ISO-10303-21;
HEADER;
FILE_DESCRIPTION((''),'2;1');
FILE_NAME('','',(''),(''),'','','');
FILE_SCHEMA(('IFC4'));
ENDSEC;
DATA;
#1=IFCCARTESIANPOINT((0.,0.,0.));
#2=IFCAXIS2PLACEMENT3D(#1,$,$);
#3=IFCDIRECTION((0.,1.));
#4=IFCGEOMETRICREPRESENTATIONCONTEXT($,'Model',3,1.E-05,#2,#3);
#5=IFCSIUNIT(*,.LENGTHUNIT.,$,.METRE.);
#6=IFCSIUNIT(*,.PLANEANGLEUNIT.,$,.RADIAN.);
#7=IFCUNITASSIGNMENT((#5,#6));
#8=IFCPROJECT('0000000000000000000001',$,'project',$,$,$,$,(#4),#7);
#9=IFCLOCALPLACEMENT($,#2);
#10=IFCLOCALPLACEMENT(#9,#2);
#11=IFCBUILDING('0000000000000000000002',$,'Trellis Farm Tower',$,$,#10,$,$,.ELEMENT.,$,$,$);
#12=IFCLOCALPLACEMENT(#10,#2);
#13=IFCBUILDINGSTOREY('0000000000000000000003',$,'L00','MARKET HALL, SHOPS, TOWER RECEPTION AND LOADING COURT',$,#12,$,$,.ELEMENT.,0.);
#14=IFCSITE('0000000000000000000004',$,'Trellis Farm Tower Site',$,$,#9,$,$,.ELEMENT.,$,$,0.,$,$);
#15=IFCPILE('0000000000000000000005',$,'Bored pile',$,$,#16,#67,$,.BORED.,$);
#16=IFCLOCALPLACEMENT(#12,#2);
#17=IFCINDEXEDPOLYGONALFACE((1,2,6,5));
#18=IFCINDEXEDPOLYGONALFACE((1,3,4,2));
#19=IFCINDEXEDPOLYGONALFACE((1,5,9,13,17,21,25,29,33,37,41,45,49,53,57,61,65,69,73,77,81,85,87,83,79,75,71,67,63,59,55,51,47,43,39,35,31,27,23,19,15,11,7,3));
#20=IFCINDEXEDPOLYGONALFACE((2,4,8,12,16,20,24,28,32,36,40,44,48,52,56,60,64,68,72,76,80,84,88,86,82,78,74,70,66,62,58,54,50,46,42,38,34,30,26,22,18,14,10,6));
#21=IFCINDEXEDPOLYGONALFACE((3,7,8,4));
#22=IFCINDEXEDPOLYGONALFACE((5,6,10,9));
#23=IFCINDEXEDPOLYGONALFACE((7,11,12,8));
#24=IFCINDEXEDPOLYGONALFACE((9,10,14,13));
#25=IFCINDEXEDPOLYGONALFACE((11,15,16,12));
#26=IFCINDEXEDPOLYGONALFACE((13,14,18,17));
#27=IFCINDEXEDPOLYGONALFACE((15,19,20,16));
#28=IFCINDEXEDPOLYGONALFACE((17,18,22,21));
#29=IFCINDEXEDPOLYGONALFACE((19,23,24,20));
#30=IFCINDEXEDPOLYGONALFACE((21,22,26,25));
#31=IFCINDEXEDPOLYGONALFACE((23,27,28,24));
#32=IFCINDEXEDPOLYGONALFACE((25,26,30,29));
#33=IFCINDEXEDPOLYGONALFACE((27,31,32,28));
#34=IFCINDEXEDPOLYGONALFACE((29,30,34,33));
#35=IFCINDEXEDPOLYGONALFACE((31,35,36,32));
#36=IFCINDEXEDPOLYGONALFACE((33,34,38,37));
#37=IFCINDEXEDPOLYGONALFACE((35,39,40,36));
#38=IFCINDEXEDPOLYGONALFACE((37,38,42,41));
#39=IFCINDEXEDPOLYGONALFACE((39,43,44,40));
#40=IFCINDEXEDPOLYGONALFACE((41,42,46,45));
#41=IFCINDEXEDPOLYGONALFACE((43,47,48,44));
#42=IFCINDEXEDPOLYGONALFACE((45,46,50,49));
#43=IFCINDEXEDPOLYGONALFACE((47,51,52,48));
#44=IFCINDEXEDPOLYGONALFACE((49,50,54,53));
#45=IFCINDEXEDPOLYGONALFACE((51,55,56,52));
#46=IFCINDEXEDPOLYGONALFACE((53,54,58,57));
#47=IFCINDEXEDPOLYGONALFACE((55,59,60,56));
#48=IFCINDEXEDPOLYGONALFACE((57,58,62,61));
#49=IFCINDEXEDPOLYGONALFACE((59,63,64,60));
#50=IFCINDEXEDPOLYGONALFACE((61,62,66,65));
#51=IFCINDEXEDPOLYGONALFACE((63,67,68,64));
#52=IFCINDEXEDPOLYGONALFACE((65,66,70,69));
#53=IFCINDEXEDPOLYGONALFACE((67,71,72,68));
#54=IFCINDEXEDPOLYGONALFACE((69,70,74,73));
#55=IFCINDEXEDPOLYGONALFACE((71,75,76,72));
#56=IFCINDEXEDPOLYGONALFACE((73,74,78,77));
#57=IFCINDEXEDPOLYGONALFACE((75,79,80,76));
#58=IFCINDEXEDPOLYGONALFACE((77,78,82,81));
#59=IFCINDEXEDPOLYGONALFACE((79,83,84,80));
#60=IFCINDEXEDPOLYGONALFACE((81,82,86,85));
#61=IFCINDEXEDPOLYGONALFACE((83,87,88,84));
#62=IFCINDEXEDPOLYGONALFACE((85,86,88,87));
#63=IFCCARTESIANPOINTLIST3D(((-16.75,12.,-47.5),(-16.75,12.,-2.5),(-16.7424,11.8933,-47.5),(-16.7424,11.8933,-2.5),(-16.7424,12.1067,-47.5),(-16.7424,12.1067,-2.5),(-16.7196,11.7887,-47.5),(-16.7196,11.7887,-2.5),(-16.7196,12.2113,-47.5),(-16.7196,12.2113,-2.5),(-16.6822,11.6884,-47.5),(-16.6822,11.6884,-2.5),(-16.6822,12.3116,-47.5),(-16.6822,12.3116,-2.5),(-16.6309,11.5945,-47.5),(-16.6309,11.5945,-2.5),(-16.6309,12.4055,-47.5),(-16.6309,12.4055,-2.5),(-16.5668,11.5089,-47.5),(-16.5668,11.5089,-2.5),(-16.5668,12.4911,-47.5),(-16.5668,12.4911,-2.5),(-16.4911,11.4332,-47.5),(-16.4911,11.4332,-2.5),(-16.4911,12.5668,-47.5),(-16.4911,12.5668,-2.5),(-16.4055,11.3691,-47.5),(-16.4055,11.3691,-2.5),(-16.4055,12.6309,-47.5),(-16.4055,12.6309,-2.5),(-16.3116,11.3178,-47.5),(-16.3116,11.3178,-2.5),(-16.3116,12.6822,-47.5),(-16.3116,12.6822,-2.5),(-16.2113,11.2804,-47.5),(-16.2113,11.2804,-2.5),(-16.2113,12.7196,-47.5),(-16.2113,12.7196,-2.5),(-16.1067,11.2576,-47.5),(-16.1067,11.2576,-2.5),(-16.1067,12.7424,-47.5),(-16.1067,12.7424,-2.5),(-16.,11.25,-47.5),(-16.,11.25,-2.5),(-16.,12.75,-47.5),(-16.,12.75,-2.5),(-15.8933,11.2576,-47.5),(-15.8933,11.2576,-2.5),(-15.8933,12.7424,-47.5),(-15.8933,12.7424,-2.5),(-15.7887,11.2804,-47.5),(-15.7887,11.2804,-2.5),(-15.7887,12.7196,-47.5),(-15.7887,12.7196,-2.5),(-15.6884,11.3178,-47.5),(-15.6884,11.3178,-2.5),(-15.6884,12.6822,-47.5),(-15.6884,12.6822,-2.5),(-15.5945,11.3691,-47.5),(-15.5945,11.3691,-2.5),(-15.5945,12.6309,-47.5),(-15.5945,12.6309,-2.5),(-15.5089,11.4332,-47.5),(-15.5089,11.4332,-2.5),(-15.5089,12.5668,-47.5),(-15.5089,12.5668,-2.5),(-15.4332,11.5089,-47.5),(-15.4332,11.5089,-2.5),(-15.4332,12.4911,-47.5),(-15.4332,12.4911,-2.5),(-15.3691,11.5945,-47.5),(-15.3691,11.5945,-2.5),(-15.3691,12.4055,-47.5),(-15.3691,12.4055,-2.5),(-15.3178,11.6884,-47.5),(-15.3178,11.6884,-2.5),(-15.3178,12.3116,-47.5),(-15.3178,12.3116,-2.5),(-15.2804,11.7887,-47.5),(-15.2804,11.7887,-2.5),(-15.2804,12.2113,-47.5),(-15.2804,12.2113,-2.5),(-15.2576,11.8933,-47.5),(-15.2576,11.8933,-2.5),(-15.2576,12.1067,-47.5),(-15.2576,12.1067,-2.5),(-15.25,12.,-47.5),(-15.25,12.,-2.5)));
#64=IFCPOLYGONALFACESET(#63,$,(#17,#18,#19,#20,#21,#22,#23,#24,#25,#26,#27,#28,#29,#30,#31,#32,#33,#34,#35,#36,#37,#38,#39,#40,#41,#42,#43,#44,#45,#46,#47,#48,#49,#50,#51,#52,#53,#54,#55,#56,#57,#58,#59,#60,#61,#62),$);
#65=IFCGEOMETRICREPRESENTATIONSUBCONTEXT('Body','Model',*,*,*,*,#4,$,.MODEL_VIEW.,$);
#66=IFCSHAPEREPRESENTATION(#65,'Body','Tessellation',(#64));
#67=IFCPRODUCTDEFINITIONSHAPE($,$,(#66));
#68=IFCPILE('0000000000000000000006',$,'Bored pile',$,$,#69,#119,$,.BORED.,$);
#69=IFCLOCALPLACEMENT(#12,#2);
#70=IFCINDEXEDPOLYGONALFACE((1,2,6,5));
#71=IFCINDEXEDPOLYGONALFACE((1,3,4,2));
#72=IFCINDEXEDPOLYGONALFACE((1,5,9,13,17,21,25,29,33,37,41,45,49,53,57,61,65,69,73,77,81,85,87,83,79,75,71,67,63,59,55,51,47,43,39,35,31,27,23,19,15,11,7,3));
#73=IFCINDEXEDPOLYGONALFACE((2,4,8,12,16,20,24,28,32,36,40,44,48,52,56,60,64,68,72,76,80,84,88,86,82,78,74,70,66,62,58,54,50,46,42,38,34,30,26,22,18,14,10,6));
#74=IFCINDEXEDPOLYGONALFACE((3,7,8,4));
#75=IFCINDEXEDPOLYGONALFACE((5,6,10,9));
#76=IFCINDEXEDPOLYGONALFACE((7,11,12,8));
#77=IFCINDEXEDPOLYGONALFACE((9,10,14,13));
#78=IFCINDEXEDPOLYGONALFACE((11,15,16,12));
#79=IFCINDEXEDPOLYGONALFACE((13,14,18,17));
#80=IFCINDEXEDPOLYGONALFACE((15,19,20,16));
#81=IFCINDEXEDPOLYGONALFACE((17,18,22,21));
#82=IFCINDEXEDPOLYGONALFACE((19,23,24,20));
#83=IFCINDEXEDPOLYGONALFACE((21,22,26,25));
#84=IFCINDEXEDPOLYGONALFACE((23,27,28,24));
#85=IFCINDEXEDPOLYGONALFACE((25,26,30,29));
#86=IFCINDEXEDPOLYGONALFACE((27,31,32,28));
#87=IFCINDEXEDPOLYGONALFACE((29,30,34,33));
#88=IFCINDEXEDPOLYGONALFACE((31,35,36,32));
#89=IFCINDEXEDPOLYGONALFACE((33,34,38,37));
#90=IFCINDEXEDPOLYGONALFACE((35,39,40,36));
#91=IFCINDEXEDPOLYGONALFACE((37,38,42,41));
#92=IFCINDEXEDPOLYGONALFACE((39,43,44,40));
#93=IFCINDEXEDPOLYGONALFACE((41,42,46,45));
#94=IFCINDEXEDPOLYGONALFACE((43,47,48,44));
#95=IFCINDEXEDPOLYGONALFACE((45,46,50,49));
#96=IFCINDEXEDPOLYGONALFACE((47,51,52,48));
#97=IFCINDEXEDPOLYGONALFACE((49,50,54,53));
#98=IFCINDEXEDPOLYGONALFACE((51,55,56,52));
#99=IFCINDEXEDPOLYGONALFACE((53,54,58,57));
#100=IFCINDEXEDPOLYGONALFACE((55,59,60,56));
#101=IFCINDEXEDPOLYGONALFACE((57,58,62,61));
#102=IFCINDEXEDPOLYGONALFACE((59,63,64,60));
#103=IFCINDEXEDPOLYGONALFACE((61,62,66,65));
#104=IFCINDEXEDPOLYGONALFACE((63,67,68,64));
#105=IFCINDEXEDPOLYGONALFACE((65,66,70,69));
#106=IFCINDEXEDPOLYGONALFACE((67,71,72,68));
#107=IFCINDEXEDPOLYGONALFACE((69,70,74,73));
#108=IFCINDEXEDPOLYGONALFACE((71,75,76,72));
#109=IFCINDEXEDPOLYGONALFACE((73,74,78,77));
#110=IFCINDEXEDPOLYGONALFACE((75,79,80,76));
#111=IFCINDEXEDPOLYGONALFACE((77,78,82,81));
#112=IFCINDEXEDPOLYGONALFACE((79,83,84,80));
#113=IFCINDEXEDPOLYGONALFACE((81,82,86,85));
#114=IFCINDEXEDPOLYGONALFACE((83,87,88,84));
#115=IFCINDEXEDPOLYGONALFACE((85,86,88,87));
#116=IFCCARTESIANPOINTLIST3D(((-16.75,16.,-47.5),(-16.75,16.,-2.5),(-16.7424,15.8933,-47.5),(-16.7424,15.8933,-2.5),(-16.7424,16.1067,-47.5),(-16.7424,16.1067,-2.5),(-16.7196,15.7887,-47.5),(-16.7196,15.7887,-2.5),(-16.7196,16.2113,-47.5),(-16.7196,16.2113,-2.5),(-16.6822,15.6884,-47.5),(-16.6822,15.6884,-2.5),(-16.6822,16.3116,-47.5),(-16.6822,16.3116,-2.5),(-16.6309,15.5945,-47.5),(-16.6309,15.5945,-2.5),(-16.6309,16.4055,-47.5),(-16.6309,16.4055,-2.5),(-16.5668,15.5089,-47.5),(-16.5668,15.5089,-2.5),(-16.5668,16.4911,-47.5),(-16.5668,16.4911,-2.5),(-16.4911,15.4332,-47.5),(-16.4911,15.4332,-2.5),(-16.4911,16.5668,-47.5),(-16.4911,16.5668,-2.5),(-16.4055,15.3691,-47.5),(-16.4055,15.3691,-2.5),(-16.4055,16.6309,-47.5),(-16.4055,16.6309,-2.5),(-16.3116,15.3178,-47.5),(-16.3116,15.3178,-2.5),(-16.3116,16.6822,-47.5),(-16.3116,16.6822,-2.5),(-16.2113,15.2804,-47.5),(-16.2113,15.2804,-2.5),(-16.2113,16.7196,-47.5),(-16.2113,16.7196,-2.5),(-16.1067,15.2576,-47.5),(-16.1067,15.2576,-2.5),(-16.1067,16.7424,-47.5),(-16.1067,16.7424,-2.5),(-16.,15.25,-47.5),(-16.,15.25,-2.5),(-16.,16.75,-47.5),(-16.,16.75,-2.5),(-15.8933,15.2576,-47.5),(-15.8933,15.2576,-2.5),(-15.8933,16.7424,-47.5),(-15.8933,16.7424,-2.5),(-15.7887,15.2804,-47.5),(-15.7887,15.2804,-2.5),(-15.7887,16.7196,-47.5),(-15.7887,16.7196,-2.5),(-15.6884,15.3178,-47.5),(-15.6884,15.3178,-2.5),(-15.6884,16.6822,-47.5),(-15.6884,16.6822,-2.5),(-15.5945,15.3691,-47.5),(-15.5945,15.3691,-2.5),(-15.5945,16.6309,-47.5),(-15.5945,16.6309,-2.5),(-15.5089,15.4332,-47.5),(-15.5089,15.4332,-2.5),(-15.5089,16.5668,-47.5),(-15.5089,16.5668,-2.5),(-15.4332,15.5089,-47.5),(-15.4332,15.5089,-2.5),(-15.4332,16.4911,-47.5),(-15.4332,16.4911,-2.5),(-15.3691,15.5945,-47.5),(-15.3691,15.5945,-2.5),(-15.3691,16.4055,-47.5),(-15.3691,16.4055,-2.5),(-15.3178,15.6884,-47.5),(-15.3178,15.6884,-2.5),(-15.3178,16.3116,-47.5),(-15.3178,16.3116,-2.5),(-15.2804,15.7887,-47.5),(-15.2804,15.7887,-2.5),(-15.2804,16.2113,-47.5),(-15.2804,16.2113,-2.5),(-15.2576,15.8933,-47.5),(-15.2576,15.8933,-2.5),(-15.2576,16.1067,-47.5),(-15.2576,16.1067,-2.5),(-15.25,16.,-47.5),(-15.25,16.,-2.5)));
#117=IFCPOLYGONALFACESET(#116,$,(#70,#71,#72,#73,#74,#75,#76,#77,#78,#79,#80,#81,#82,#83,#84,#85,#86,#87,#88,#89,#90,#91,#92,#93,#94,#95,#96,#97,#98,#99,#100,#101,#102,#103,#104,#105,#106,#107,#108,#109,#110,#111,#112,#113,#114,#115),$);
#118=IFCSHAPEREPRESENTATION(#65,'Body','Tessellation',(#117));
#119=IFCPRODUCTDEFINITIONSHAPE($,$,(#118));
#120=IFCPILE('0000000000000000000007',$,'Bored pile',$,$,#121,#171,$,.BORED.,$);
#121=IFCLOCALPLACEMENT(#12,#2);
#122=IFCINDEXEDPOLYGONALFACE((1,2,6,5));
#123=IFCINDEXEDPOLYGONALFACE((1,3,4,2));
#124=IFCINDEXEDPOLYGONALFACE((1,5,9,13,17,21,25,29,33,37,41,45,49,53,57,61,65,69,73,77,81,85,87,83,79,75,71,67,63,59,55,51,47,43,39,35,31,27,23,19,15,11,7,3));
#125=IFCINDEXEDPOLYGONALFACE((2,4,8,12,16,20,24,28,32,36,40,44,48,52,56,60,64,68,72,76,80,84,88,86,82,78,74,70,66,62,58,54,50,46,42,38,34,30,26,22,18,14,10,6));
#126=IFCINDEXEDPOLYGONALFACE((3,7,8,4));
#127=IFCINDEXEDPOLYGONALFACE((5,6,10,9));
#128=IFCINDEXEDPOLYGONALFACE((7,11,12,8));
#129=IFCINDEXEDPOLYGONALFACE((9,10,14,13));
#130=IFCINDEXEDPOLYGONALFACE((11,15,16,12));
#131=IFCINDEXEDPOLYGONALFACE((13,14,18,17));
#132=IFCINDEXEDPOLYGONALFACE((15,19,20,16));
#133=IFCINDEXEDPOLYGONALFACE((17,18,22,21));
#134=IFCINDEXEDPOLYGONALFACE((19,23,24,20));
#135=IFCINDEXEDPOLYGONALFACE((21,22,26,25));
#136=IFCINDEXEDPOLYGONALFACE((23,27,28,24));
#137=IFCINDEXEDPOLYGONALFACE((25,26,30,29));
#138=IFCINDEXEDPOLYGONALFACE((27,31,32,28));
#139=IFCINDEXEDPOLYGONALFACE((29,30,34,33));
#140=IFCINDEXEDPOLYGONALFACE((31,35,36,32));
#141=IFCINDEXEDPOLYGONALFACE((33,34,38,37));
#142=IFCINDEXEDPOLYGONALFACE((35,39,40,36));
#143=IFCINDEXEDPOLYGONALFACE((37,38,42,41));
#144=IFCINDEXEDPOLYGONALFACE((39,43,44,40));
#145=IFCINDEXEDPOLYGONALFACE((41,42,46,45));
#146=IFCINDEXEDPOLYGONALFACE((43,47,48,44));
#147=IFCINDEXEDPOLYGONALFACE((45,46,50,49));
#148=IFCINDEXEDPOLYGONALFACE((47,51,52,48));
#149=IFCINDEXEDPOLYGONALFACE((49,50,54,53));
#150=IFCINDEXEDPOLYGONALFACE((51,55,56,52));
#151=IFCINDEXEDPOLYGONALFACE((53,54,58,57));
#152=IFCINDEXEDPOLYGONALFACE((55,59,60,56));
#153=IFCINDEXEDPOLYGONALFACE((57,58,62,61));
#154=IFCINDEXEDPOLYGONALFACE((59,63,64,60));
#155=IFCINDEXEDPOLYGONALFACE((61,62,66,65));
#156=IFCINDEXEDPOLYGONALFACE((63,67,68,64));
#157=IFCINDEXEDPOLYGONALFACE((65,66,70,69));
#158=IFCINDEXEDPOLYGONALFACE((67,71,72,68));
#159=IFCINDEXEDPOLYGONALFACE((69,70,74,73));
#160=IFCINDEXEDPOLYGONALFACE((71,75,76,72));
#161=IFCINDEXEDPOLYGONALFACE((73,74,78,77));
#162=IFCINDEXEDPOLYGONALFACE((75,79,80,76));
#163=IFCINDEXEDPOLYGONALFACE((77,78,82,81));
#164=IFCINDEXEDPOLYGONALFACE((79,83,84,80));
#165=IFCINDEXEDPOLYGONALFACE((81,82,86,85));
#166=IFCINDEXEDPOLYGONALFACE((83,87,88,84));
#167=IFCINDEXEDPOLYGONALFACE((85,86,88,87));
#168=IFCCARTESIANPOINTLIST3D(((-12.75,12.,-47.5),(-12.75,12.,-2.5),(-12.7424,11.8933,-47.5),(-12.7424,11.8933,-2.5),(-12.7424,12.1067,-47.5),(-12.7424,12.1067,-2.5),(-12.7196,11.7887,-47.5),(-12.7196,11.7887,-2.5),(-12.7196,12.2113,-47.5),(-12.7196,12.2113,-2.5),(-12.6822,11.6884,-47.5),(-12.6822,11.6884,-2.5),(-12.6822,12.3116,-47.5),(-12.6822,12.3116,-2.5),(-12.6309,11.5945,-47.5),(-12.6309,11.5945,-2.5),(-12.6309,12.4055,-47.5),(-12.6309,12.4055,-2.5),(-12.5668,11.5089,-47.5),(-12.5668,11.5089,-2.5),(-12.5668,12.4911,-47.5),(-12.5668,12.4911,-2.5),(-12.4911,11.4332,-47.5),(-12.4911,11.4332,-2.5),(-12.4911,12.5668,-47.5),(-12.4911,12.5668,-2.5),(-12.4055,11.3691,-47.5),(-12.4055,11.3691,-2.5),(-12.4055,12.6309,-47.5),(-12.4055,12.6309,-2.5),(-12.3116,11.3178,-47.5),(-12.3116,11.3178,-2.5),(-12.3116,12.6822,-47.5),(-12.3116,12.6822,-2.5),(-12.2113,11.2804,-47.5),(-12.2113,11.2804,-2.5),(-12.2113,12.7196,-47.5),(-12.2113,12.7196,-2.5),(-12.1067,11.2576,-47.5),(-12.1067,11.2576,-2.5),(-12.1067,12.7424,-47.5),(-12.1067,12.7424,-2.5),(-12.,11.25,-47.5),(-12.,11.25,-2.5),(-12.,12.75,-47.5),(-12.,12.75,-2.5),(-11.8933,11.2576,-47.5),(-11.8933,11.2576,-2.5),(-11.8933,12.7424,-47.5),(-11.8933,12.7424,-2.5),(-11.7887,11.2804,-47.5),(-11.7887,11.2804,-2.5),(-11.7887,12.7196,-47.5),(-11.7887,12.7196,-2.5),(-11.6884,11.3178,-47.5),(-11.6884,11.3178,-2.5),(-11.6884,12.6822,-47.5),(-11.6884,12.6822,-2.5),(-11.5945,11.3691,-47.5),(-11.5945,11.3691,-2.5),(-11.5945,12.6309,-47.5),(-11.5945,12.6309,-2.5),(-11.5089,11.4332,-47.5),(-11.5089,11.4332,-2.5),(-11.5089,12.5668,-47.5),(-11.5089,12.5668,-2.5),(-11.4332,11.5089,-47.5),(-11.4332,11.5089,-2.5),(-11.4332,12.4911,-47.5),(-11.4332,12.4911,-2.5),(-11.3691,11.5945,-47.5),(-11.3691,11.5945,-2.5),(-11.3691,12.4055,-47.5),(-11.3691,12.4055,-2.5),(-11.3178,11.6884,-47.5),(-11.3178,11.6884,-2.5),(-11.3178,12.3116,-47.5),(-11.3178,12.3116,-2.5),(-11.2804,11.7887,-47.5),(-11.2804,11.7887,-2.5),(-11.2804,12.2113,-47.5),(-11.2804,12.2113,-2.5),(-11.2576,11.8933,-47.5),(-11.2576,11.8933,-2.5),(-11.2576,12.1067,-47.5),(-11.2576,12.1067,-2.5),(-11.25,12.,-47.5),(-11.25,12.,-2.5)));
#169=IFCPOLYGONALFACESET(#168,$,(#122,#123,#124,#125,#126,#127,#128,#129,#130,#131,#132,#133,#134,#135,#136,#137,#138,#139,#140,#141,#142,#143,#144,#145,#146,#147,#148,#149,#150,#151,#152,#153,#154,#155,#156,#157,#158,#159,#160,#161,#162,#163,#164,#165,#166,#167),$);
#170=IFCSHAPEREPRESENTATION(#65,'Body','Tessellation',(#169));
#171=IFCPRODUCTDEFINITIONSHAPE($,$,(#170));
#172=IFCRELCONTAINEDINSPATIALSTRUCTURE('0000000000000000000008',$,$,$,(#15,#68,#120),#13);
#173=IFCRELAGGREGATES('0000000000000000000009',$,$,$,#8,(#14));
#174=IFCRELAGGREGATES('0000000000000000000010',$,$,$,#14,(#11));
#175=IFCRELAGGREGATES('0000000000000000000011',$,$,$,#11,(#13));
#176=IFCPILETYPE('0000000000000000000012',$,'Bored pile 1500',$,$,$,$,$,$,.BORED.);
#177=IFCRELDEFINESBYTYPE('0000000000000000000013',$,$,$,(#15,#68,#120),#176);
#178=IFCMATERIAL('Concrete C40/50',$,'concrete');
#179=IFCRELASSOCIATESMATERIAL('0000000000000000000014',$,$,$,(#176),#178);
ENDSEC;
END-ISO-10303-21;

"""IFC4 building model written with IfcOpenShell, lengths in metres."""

from ifc_helpers import new_model, si_unit, direction, frame, origin, origin_2d, place, context, subcontext, project, spatial, circle, extrude, source, transform, mapped, material, material_profile, profile_set, type_object, element, save


model = new_model("IFC4")

# Units and contexts
model_context = context("Model", 3, precision=1e-05, world=origin(), true_north=direction((0.0, 1.0)))
body_context = subcontext(model_context, "Body", "Model", "MODEL_VIEW")
ifc_project = project(units=[si_unit("LENGTHUNIT", "METRE"), si_unit("PLANEANGLEUNIT", "RADIAN")], contexts=[model_context])

# Site, building, storey
site_placement = place(None, origin())
site = spatial("IfcSite", under=ifc_project, at=site_placement, Name="Trellis Farm Tower Site", CompositionType="ELEMENT", RefElevation=0.0)
building_placement = place(site_placement, origin())
building = spatial("IfcBuilding", under=site, at=building_placement, Name="Trellis Farm Tower", CompositionType="ELEMENT")
storey_placement = place(building_placement, origin())
storey = spatial("IfcBuildingStorey", under=building, at=storey_placement, Name="L00", Description="MARKET HALL, SHOPS, TOWER RECEPTION AND LOADING COURT", CompositionType="ELEMENT", Elevation=0.0)

# Piles
ifc_material_1 = material(Name="Concrete C40/50", Category="concrete")
ifc_material_profile = material_profile(ifc_material_1, circle(Radius=0.75, at=origin_2d()), Name="Bored pile 1500")
ifc_profile_set = profile_set([ifc_material_profile], Name="Concrete C40/50")
pile_type = type_object("IfcPileType", Name="Bored pile 1500", PredefinedType="BORED", material=ifc_profile_set)
shared_shape_1 = source(origin(), body_context, "Body", "SweptSolid", [
    extrude(circle(Radius=0.75, at=origin_2d()), origin(), (0.0, 0.0, 1.0), 45.0),
])
for number, where, z_axis, x_axis, name in (
    (1, (-16.0, 12.0, -2.5), (0.0, 0.0, -1.0), (1.0, 0.0, 0.0), "Bored pile"),
    (2, (-16.0, 16.0, -2.5), (0.0, 0.0, -1.0), (1.0, 0.0, 0.0), "Bored pile"),
    (3, (-12.0, 12.0, -2.5), (0.0, 0.0, -1.0), (1.0, 0.0, 0.0), "Bored pile"),
):
    element("IfcPile", number, at=place(storey_placement, frame(where, z_axis=z_axis, x_axis=x_axis)), inside=storey, type_object=pile_type, Name=name, PredefinedType="BORED", context=body_context, shape_type="MappedRepresentation", body=[
        mapped(shared_shape_1, transform((0.0, 0.0, 0.0))),
    ])

save(model, "model.ifc")
